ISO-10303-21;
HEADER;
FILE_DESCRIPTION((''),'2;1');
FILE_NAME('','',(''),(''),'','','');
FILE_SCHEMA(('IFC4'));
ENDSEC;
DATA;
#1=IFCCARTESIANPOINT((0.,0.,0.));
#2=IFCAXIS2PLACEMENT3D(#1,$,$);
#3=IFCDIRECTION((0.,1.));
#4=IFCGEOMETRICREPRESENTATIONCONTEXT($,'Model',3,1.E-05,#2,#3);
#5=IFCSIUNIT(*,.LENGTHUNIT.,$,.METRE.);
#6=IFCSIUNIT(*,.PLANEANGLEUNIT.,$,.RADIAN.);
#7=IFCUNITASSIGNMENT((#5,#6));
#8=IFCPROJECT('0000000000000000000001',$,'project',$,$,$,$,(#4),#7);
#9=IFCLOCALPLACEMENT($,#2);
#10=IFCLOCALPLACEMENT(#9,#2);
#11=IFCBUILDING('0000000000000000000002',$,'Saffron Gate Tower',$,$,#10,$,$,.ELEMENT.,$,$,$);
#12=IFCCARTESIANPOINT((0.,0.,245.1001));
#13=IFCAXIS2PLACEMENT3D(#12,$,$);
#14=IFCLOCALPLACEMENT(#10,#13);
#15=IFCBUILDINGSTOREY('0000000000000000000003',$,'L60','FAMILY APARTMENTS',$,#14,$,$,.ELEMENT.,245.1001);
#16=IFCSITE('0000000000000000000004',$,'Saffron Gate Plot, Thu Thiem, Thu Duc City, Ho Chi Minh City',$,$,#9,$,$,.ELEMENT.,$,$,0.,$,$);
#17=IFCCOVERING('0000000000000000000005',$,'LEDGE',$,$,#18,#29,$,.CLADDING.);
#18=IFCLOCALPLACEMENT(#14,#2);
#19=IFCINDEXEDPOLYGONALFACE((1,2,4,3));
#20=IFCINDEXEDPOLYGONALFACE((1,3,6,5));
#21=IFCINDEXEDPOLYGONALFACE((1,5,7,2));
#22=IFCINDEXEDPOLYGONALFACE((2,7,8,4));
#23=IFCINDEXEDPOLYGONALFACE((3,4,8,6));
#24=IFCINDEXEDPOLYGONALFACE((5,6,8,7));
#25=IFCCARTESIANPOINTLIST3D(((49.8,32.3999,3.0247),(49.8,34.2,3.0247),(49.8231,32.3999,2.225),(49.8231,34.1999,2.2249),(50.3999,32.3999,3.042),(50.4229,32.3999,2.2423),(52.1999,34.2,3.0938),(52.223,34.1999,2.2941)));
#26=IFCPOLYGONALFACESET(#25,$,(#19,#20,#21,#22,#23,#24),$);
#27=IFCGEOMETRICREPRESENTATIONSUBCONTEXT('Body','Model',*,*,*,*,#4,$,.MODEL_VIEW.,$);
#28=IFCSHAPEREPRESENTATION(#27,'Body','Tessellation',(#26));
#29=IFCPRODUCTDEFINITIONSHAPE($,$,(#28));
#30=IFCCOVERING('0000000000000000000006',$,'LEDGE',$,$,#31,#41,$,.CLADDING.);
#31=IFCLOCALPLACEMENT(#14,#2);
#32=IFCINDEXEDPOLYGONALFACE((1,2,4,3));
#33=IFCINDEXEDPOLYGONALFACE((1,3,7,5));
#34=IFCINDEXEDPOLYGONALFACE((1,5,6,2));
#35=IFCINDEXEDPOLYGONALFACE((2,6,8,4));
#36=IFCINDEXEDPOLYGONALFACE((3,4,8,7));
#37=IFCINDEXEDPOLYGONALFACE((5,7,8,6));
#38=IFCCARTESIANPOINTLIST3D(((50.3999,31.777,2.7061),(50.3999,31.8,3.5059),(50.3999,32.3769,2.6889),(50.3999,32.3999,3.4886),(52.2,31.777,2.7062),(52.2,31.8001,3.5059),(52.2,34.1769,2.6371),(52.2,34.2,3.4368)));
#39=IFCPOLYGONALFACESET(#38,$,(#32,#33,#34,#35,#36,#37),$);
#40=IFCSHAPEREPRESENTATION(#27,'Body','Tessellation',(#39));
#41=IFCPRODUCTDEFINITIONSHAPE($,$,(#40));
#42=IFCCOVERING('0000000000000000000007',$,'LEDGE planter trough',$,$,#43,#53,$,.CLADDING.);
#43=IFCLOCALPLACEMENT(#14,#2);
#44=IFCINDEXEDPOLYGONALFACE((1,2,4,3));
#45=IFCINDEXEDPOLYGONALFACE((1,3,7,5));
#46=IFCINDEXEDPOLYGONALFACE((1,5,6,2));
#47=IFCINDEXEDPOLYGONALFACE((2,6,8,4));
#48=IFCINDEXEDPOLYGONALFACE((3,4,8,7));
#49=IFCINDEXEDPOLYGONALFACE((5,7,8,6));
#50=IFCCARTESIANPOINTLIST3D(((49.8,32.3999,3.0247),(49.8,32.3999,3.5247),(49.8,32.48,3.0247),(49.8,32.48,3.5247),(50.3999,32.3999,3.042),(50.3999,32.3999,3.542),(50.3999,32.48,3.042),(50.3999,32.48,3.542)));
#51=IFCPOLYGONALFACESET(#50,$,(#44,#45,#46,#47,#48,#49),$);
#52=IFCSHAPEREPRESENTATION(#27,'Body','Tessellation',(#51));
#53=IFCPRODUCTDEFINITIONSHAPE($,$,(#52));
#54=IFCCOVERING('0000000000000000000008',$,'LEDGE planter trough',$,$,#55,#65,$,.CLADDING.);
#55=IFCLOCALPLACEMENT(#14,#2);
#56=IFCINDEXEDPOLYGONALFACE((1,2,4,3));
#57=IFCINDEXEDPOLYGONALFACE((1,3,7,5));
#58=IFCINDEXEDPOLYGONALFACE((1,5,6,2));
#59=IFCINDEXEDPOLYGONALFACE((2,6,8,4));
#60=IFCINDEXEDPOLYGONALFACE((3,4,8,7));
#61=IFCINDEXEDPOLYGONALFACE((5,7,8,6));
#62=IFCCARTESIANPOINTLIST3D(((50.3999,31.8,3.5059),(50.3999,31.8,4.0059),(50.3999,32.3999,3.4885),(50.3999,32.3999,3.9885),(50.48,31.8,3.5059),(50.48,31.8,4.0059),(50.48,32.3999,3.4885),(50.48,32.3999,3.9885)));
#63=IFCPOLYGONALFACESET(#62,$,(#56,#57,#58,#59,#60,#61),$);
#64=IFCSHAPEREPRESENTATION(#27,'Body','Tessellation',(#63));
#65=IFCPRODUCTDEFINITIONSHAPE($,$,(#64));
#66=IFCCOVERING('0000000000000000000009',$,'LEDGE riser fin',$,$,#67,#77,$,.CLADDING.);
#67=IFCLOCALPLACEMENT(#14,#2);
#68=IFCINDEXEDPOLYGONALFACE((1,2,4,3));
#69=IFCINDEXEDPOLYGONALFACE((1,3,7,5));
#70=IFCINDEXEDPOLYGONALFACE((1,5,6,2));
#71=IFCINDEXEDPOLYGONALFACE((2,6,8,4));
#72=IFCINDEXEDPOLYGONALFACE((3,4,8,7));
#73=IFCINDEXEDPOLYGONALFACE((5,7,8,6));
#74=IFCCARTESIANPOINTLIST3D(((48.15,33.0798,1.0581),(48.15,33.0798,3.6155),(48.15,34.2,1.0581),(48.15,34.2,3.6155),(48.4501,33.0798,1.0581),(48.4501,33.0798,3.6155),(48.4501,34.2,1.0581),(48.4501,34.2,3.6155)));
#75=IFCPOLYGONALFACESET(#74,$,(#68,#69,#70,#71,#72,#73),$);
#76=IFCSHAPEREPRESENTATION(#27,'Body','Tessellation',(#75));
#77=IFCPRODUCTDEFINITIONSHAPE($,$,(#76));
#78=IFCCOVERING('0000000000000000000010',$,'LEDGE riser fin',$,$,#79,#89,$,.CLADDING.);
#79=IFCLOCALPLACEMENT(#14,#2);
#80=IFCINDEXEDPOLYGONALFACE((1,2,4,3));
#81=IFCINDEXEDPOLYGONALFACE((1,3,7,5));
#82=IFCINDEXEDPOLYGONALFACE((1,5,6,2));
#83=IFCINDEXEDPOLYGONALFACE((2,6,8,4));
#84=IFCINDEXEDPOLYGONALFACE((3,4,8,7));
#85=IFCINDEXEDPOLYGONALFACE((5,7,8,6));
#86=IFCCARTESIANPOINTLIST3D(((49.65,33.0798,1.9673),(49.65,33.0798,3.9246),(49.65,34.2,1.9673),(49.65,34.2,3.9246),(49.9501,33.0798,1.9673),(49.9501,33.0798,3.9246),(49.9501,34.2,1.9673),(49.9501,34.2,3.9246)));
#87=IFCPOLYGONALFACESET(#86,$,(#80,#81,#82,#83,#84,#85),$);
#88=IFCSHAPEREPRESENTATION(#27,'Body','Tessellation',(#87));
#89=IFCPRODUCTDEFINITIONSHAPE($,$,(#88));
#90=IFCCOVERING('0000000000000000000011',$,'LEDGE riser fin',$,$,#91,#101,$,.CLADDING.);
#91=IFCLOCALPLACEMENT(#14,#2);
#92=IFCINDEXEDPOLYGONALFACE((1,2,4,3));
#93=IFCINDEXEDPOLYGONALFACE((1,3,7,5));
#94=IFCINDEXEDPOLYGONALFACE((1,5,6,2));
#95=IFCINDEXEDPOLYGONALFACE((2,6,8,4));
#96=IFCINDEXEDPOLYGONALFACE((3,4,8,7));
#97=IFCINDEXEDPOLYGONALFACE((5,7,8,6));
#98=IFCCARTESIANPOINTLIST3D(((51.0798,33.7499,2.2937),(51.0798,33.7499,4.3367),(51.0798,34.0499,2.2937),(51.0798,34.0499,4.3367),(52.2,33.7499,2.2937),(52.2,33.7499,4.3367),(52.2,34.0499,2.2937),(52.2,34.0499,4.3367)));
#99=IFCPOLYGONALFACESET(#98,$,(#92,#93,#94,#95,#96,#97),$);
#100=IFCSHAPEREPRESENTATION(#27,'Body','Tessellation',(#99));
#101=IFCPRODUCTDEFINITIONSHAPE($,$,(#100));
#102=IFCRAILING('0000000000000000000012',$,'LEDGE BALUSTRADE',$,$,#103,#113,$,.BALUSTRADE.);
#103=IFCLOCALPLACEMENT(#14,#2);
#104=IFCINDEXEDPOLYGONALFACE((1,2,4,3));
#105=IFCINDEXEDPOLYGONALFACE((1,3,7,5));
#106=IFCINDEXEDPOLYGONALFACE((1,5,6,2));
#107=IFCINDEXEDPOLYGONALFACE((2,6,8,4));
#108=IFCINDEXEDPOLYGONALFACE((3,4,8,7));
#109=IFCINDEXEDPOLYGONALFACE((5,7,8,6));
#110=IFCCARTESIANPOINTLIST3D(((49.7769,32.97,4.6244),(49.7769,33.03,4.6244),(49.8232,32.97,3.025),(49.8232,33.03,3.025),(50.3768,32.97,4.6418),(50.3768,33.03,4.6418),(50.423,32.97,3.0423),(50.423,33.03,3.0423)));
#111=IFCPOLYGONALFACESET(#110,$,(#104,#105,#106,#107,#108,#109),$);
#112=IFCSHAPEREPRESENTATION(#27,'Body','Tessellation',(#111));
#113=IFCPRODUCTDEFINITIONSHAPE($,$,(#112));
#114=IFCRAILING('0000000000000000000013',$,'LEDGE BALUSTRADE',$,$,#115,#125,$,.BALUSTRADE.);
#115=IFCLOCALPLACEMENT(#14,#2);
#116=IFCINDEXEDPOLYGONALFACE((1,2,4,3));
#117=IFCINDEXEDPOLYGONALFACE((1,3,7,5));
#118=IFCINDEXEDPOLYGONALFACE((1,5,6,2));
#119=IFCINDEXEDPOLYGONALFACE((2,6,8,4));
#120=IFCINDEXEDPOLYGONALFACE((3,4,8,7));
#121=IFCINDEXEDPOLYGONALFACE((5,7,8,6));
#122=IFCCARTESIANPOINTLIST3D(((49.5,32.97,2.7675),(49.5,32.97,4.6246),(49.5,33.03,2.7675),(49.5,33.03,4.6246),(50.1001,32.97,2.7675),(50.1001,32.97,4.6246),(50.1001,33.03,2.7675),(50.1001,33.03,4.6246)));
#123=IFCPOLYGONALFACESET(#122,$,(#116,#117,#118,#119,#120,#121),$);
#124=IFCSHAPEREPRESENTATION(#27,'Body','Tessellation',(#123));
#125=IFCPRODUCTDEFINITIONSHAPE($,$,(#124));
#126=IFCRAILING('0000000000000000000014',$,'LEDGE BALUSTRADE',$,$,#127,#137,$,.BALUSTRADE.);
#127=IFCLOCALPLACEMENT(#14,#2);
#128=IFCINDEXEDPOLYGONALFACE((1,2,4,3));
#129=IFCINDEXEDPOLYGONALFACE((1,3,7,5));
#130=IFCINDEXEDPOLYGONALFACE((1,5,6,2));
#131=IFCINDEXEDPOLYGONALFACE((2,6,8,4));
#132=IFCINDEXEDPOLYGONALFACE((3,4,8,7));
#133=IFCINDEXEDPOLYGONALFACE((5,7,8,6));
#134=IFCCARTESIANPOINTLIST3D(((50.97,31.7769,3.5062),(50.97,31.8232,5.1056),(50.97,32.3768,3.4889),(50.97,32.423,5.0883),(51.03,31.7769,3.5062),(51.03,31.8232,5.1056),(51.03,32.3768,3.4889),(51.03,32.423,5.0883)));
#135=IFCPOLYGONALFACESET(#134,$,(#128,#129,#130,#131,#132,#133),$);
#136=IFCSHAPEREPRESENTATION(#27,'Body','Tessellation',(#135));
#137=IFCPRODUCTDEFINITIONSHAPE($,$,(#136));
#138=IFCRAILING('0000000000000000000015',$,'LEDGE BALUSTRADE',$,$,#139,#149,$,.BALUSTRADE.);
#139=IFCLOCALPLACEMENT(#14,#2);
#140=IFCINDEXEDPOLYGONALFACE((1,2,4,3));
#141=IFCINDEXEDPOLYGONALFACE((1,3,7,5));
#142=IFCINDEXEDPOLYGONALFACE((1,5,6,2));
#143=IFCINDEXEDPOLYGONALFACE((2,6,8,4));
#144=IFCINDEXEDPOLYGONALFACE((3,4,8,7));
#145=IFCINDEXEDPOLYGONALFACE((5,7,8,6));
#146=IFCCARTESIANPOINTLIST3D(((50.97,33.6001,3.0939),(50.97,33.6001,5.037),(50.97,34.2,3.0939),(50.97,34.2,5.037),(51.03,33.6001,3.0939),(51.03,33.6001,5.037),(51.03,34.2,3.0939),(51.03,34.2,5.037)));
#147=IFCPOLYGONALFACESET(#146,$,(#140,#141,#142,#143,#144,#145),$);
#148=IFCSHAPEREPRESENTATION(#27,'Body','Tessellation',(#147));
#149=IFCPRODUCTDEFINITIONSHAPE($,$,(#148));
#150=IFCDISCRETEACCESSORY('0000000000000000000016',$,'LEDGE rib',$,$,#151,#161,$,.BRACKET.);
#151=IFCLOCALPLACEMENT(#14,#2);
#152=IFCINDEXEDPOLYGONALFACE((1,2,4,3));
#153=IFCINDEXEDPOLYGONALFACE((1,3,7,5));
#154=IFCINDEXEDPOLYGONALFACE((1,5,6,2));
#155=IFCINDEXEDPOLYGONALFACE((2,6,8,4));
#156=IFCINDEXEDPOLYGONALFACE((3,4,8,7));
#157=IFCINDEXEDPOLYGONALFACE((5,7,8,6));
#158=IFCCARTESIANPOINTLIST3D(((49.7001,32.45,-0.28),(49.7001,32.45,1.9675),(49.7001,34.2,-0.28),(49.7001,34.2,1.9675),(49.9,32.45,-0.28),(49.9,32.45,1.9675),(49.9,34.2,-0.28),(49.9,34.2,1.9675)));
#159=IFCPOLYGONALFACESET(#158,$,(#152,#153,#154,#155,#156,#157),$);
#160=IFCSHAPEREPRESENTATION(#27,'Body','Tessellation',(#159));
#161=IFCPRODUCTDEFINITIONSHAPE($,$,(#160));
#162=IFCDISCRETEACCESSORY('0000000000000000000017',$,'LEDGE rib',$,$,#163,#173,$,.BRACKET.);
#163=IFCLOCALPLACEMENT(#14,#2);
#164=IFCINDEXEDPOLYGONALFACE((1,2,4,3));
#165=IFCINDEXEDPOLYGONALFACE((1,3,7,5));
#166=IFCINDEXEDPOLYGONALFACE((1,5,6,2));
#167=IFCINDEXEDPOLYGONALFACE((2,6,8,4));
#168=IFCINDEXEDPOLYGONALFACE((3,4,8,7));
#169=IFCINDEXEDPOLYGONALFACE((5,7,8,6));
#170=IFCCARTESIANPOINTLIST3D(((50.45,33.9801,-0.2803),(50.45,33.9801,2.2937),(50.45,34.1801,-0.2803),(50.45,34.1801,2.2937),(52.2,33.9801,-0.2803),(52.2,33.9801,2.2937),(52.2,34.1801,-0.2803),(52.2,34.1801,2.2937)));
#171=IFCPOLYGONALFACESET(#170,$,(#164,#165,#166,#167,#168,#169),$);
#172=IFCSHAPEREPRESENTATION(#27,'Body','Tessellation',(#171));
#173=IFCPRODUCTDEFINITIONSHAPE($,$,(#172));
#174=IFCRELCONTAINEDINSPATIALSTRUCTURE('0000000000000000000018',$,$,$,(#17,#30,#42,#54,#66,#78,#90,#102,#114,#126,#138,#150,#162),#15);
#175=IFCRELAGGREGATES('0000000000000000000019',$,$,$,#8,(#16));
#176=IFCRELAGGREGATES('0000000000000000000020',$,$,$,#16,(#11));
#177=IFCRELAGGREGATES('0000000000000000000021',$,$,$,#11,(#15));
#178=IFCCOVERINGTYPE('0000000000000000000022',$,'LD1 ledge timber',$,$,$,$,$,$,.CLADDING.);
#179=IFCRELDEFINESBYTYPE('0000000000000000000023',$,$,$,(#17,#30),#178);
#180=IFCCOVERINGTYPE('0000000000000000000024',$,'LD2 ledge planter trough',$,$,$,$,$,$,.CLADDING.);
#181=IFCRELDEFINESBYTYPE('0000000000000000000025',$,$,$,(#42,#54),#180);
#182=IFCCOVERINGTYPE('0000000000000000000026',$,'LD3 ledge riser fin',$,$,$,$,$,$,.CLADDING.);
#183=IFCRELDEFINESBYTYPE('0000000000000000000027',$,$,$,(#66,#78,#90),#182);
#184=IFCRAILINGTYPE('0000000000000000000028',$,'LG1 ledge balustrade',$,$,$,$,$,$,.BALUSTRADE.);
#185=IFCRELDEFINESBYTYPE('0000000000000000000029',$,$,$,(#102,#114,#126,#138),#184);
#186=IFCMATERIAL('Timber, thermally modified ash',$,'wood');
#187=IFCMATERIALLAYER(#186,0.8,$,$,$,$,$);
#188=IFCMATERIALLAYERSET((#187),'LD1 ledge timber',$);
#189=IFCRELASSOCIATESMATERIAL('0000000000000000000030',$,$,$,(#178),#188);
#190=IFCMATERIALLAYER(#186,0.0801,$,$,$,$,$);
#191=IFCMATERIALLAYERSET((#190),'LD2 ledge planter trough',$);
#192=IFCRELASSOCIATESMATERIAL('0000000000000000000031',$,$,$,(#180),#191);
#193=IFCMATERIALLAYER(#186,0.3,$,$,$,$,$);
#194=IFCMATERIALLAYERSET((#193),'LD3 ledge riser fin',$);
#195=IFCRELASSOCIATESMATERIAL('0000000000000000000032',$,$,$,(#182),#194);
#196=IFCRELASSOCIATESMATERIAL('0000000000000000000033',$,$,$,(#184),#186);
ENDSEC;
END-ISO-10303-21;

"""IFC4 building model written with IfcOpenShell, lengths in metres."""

from ifc_helpers import new_model, si_unit, direction, frame, origin, origin_2d, place, context, subcontext, project, spatial, polyline, rectangle, outline, extrude, material, layer, layer_set, type_object, element, save


model = new_model("IFC4")

# Units and contexts
model_context = context("Model", 3, precision=1e-05, world=origin(), true_north=direction((0.0, 1.0)))
body_context = subcontext(model_context, "Body", "Model", "MODEL_VIEW")
ifc_project = project(units=[si_unit("LENGTHUNIT", "METRE"), si_unit("PLANEANGLEUNIT", "RADIAN")], contexts=[model_context])

# Site, building, storey
site_placement = place(None, origin())
site = spatial("IfcSite", under=ifc_project, at=site_placement, Name="Saffron Gate Plot, Thu Thiem, Thu Duc City, Ho Chi Minh City", CompositionType="ELEMENT", RefElevation=0.0)
building_placement = place(site_placement, origin())
building = spatial("IfcBuilding", under=site, at=building_placement, Name="Saffron Gate Tower", CompositionType="ELEMENT")
storey_placement = place(building_placement, frame((0.0, 0.0, 245.1001)))
storey = spatial("IfcBuildingStorey", under=building, at=storey_placement, Name="L60", Description="FAMILY APARTMENTS", CompositionType="ELEMENT", Elevation=245.1001)

# Coverings
ifc_material_1 = material(Name="Timber, thermally modified ash", Category="wood")
ifc_layer_1 = layer(ifc_material_1, 0.8)
ifc_layer_set_1 = layer_set([ifc_layer_1], Name="LD1 ledge timber")
covering_type_1 = type_object("IfcCoveringType", Name="LD1 ledge timber", PredefinedType="CLADDING", material=ifc_layer_set_1)
covering_1_placement = place(storey_placement, frame((49.8, 34.2, 3.0247), z_axis=(-0.028799, 0.000029, 0.999585), x_axis=(0.999585, 0.0, 0.028799)))
element("IfcCovering", 1, at=covering_1_placement, inside=storey, type_object=covering_type_1, Name="LEDGE", PredefinedType="CLADDING", context=body_context, shape_type="SweptSolid", body=[
    extrude(outline(polyline([(0.0, 0.0), (2.4009, 0.0), (0.6001, -1.8), (0.0, -1.8), (0.0, 0.0)])), origin(), (0.0, 0.0, -1.0), 0.8),
])
covering_2_placement = place(storey_placement, frame((52.2, 34.2, 3.4368), z_axis=(-0.000029, 0.028799, 0.999585), x_axis=(0.0, -0.999585, 0.028799)))
element("IfcCovering", 2, at=covering_2_placement, inside=storey, type_object=covering_type_1, Name="LEDGE", PredefinedType="CLADDING", context=body_context, shape_type="SweptSolid", body=[
    extrude(outline(polyline([(0.0, 0.0), (2.4009, 0.0), (2.4009, -1.8), (1.8008, -1.8), (0.0, 0.0)])), origin(), (0.0, 0.0, -1.0), 0.8),
])
ifc_layer_2 = layer(ifc_material_1, 0.0801)
ifc_layer_set_2 = layer_set([ifc_layer_2], Name="LD2 ledge planter trough")
covering_type_2 = type_object("IfcCoveringType", Name="LD2 ledge planter trough", PredefinedType="CLADDING", material=ifc_layer_set_2)
for number, where, z_axis, x_axis, name in (
    (3, (49.8, 32.3999, 3.0247), (0.0, -1.0, 0.0), (0.999583, 0.0, 0.028885), "LEDGE planter trough"),
    (4, (50.3999, 32.3999, 3.4885), (-1.0, 0.0, 0.0), (0.0, -0.999583, 0.028885), "LEDGE planter trough"),
):
    element("IfcCovering", number, at=place(storey_placement, frame(where, z_axis=z_axis, x_axis=x_axis)), inside=storey, type_object=covering_type_2, Name=name, PredefinedType="CLADDING", context=body_context, shape_type="SweptSolid", body=[
        extrude(outline(polyline([(0.0, 0.0), (0.6001, 0.0), (0.6145, 0.4998), (0.0144, 0.4998), (0.0, 0.0)])), origin(), (0.0, 0.0, -1.0), 0.0801),
    ])
ifc_layer_3 = layer(ifc_material_1, 0.3)
ifc_layer_set_3 = layer_set([ifc_layer_3], Name="LD3 ledge riser fin")
covering_type_3 = type_object("IfcCoveringType", Name="LD3 ledge riser fin", PredefinedType="CLADDING", material=ifc_layer_set_3)
covering_3_placement = place(storey_placement, frame((48.3, 33.6399, 1.0581), z_axis=(0.0, 0.0, 1.0), x_axis=(1.0, 0.0, 0.0)))
element("IfcCovering", 5, at=covering_3_placement, inside=storey, type_object=covering_type_3, Name="LEDGE riser fin", PredefinedType="CLADDING", context=body_context, shape_type="SweptSolid", body=[
    extrude(rectangle(XDim=0.3, YDim=1.1201, at=origin_2d()), origin(), (0.0, 0.0, 1.0), 2.5574),
])
covering_4_placement = place(storey_placement, frame((49.8, 33.6399, 1.9673), z_axis=(0.0, 0.0, 1.0), x_axis=(1.0, 0.0, 0.0)))
element("IfcCovering", 6, at=covering_4_placement, inside=storey, type_object=covering_type_3, Name="LEDGE riser fin", PredefinedType="CLADDING", context=body_context, shape_type="SweptSolid", body=[
    extrude(rectangle(XDim=0.3, YDim=1.1201, at=origin_2d()), origin(), (0.0, 0.0, 1.0), 1.9573),
])
covering_5_placement = place(storey_placement, frame((51.6399, 33.8999, 2.2937), z_axis=(0.0, 0.0, 1.0), x_axis=(0.0, -1.0, 0.0)))
element("IfcCovering", 7, at=covering_5_placement, inside=storey, type_object=covering_type_3, Name="LEDGE riser fin", PredefinedType="CLADDING", context=body_context, shape_type="SweptSolid", body=[
    extrude(rectangle(XDim=0.3, YDim=1.1201, at=origin_2d()), origin(), (0.0, 0.0, 1.0), 2.043),
])

# Railings
railing_type = type_object("IfcRailingType", Name="LG1 ledge balustrade", PredefinedType="BALUSTRADE", material=ifc_material_1)
railing_1_placement = place(storey_placement, frame((49.8, 33.0, 3.0247)))
element("IfcRailing", 8, at=railing_1_placement, inside=storey, type_object=railing_type, Name="LEDGE BALUSTRADE", PredefinedType="BALUSTRADE", context=body_context, shape_type="SweptSolid", body=[
    extrude(rectangle(XDim=0.0601, YDim=1.6001, at=origin_2d()), frame((0.0, 0.0, 0.8), z_axis=(0.999583, 0.0, 0.028885), x_axis=(0.0, 1.0, 0.0)), (0.0, 0.0, 1.0), 0.6001),
])
railing_2_placement = place(storey_placement, frame((49.5, 33.0, 2.7673)))
element("IfcRailing", 9, at=railing_2_placement, inside=storey, type_object=railing_type, Name="LEDGE BALUSTRADE", PredefinedType="BALUSTRADE", context=body_context, shape_type="SweptSolid", body=[
    extrude(rectangle(XDim=0.0601, YDim=1.8572, at=origin_2d()), frame((0.0, 0.0, 0.9287), z_axis=(1.0, 0.0, 0.0), x_axis=(0.0, 1.0, 0.0)), (0.0, 0.0, 1.0), 0.6001),
])
railing_3_placement = place(storey_placement, frame((51.0, 32.3999, 3.4885)))
element("IfcRailing", 10, at=railing_3_placement, inside=storey, type_object=railing_type, Name="LEDGE BALUSTRADE", PredefinedType="BALUSTRADE", context=body_context, shape_type="SweptSolid", body=[
    extrude(rectangle(XDim=0.0601, YDim=1.6001, at=origin_2d()), frame((0.0, 0.0, 0.8), z_axis=(0.0, -0.999583, 0.028885), x_axis=(1.0, 0.0, 0.0)), (0.0, 0.0, 1.0), 0.6001),
])
railing_4_placement = place(storey_placement, frame((51.0, 34.2, 3.0938)))
element("IfcRailing", 11, at=railing_4_placement, inside=storey, type_object=railing_type, Name="LEDGE BALUSTRADE", PredefinedType="BALUSTRADE", context=body_context, shape_type="SweptSolid", body=[
    extrude(rectangle(XDim=0.0601, YDim=1.9431, at=origin_2d()), frame((0.0, 0.0, 0.9717), z_axis=(0.0, -1.0, 0.0), x_axis=(1.0, 0.0, 0.0)), (0.0, 0.0, 1.0), 0.5999),
])

# Discrete accessories
discrete_accessory_1_placement = place(storey_placement, frame((49.8, 33.325, -0.28), z_axis=(0.0, 0.0, 1.0), x_axis=(1.0, 0.0, 0.0)))
element("IfcDiscreteAccessory", 12, at=discrete_accessory_1_placement, inside=storey, Name="LEDGE rib", PredefinedType="BRACKET", context=body_context, shape_type="SweptSolid", body=[
    extrude(rectangle(XDim=0.2, YDim=1.75, at=origin_2d()), origin(), (0.0, 0.0, 1.0), 2.2476),
])
discrete_accessory_2_placement = place(storey_placement, frame((51.325, 34.0801, -0.2803), z_axis=(0.0, 0.0, 1.0), x_axis=(0.0, -1.0, 0.0)))
element("IfcDiscreteAccessory", 13, at=discrete_accessory_2_placement, inside=storey, Name="LEDGE rib", PredefinedType="BRACKET", context=body_context, shape_type="SweptSolid", body=[
    extrude(rectangle(XDim=0.2, YDim=1.75, at=origin_2d()), origin(), (0.0, 0.0, 1.0), 2.574),
])

save(model, "model.ifc")
